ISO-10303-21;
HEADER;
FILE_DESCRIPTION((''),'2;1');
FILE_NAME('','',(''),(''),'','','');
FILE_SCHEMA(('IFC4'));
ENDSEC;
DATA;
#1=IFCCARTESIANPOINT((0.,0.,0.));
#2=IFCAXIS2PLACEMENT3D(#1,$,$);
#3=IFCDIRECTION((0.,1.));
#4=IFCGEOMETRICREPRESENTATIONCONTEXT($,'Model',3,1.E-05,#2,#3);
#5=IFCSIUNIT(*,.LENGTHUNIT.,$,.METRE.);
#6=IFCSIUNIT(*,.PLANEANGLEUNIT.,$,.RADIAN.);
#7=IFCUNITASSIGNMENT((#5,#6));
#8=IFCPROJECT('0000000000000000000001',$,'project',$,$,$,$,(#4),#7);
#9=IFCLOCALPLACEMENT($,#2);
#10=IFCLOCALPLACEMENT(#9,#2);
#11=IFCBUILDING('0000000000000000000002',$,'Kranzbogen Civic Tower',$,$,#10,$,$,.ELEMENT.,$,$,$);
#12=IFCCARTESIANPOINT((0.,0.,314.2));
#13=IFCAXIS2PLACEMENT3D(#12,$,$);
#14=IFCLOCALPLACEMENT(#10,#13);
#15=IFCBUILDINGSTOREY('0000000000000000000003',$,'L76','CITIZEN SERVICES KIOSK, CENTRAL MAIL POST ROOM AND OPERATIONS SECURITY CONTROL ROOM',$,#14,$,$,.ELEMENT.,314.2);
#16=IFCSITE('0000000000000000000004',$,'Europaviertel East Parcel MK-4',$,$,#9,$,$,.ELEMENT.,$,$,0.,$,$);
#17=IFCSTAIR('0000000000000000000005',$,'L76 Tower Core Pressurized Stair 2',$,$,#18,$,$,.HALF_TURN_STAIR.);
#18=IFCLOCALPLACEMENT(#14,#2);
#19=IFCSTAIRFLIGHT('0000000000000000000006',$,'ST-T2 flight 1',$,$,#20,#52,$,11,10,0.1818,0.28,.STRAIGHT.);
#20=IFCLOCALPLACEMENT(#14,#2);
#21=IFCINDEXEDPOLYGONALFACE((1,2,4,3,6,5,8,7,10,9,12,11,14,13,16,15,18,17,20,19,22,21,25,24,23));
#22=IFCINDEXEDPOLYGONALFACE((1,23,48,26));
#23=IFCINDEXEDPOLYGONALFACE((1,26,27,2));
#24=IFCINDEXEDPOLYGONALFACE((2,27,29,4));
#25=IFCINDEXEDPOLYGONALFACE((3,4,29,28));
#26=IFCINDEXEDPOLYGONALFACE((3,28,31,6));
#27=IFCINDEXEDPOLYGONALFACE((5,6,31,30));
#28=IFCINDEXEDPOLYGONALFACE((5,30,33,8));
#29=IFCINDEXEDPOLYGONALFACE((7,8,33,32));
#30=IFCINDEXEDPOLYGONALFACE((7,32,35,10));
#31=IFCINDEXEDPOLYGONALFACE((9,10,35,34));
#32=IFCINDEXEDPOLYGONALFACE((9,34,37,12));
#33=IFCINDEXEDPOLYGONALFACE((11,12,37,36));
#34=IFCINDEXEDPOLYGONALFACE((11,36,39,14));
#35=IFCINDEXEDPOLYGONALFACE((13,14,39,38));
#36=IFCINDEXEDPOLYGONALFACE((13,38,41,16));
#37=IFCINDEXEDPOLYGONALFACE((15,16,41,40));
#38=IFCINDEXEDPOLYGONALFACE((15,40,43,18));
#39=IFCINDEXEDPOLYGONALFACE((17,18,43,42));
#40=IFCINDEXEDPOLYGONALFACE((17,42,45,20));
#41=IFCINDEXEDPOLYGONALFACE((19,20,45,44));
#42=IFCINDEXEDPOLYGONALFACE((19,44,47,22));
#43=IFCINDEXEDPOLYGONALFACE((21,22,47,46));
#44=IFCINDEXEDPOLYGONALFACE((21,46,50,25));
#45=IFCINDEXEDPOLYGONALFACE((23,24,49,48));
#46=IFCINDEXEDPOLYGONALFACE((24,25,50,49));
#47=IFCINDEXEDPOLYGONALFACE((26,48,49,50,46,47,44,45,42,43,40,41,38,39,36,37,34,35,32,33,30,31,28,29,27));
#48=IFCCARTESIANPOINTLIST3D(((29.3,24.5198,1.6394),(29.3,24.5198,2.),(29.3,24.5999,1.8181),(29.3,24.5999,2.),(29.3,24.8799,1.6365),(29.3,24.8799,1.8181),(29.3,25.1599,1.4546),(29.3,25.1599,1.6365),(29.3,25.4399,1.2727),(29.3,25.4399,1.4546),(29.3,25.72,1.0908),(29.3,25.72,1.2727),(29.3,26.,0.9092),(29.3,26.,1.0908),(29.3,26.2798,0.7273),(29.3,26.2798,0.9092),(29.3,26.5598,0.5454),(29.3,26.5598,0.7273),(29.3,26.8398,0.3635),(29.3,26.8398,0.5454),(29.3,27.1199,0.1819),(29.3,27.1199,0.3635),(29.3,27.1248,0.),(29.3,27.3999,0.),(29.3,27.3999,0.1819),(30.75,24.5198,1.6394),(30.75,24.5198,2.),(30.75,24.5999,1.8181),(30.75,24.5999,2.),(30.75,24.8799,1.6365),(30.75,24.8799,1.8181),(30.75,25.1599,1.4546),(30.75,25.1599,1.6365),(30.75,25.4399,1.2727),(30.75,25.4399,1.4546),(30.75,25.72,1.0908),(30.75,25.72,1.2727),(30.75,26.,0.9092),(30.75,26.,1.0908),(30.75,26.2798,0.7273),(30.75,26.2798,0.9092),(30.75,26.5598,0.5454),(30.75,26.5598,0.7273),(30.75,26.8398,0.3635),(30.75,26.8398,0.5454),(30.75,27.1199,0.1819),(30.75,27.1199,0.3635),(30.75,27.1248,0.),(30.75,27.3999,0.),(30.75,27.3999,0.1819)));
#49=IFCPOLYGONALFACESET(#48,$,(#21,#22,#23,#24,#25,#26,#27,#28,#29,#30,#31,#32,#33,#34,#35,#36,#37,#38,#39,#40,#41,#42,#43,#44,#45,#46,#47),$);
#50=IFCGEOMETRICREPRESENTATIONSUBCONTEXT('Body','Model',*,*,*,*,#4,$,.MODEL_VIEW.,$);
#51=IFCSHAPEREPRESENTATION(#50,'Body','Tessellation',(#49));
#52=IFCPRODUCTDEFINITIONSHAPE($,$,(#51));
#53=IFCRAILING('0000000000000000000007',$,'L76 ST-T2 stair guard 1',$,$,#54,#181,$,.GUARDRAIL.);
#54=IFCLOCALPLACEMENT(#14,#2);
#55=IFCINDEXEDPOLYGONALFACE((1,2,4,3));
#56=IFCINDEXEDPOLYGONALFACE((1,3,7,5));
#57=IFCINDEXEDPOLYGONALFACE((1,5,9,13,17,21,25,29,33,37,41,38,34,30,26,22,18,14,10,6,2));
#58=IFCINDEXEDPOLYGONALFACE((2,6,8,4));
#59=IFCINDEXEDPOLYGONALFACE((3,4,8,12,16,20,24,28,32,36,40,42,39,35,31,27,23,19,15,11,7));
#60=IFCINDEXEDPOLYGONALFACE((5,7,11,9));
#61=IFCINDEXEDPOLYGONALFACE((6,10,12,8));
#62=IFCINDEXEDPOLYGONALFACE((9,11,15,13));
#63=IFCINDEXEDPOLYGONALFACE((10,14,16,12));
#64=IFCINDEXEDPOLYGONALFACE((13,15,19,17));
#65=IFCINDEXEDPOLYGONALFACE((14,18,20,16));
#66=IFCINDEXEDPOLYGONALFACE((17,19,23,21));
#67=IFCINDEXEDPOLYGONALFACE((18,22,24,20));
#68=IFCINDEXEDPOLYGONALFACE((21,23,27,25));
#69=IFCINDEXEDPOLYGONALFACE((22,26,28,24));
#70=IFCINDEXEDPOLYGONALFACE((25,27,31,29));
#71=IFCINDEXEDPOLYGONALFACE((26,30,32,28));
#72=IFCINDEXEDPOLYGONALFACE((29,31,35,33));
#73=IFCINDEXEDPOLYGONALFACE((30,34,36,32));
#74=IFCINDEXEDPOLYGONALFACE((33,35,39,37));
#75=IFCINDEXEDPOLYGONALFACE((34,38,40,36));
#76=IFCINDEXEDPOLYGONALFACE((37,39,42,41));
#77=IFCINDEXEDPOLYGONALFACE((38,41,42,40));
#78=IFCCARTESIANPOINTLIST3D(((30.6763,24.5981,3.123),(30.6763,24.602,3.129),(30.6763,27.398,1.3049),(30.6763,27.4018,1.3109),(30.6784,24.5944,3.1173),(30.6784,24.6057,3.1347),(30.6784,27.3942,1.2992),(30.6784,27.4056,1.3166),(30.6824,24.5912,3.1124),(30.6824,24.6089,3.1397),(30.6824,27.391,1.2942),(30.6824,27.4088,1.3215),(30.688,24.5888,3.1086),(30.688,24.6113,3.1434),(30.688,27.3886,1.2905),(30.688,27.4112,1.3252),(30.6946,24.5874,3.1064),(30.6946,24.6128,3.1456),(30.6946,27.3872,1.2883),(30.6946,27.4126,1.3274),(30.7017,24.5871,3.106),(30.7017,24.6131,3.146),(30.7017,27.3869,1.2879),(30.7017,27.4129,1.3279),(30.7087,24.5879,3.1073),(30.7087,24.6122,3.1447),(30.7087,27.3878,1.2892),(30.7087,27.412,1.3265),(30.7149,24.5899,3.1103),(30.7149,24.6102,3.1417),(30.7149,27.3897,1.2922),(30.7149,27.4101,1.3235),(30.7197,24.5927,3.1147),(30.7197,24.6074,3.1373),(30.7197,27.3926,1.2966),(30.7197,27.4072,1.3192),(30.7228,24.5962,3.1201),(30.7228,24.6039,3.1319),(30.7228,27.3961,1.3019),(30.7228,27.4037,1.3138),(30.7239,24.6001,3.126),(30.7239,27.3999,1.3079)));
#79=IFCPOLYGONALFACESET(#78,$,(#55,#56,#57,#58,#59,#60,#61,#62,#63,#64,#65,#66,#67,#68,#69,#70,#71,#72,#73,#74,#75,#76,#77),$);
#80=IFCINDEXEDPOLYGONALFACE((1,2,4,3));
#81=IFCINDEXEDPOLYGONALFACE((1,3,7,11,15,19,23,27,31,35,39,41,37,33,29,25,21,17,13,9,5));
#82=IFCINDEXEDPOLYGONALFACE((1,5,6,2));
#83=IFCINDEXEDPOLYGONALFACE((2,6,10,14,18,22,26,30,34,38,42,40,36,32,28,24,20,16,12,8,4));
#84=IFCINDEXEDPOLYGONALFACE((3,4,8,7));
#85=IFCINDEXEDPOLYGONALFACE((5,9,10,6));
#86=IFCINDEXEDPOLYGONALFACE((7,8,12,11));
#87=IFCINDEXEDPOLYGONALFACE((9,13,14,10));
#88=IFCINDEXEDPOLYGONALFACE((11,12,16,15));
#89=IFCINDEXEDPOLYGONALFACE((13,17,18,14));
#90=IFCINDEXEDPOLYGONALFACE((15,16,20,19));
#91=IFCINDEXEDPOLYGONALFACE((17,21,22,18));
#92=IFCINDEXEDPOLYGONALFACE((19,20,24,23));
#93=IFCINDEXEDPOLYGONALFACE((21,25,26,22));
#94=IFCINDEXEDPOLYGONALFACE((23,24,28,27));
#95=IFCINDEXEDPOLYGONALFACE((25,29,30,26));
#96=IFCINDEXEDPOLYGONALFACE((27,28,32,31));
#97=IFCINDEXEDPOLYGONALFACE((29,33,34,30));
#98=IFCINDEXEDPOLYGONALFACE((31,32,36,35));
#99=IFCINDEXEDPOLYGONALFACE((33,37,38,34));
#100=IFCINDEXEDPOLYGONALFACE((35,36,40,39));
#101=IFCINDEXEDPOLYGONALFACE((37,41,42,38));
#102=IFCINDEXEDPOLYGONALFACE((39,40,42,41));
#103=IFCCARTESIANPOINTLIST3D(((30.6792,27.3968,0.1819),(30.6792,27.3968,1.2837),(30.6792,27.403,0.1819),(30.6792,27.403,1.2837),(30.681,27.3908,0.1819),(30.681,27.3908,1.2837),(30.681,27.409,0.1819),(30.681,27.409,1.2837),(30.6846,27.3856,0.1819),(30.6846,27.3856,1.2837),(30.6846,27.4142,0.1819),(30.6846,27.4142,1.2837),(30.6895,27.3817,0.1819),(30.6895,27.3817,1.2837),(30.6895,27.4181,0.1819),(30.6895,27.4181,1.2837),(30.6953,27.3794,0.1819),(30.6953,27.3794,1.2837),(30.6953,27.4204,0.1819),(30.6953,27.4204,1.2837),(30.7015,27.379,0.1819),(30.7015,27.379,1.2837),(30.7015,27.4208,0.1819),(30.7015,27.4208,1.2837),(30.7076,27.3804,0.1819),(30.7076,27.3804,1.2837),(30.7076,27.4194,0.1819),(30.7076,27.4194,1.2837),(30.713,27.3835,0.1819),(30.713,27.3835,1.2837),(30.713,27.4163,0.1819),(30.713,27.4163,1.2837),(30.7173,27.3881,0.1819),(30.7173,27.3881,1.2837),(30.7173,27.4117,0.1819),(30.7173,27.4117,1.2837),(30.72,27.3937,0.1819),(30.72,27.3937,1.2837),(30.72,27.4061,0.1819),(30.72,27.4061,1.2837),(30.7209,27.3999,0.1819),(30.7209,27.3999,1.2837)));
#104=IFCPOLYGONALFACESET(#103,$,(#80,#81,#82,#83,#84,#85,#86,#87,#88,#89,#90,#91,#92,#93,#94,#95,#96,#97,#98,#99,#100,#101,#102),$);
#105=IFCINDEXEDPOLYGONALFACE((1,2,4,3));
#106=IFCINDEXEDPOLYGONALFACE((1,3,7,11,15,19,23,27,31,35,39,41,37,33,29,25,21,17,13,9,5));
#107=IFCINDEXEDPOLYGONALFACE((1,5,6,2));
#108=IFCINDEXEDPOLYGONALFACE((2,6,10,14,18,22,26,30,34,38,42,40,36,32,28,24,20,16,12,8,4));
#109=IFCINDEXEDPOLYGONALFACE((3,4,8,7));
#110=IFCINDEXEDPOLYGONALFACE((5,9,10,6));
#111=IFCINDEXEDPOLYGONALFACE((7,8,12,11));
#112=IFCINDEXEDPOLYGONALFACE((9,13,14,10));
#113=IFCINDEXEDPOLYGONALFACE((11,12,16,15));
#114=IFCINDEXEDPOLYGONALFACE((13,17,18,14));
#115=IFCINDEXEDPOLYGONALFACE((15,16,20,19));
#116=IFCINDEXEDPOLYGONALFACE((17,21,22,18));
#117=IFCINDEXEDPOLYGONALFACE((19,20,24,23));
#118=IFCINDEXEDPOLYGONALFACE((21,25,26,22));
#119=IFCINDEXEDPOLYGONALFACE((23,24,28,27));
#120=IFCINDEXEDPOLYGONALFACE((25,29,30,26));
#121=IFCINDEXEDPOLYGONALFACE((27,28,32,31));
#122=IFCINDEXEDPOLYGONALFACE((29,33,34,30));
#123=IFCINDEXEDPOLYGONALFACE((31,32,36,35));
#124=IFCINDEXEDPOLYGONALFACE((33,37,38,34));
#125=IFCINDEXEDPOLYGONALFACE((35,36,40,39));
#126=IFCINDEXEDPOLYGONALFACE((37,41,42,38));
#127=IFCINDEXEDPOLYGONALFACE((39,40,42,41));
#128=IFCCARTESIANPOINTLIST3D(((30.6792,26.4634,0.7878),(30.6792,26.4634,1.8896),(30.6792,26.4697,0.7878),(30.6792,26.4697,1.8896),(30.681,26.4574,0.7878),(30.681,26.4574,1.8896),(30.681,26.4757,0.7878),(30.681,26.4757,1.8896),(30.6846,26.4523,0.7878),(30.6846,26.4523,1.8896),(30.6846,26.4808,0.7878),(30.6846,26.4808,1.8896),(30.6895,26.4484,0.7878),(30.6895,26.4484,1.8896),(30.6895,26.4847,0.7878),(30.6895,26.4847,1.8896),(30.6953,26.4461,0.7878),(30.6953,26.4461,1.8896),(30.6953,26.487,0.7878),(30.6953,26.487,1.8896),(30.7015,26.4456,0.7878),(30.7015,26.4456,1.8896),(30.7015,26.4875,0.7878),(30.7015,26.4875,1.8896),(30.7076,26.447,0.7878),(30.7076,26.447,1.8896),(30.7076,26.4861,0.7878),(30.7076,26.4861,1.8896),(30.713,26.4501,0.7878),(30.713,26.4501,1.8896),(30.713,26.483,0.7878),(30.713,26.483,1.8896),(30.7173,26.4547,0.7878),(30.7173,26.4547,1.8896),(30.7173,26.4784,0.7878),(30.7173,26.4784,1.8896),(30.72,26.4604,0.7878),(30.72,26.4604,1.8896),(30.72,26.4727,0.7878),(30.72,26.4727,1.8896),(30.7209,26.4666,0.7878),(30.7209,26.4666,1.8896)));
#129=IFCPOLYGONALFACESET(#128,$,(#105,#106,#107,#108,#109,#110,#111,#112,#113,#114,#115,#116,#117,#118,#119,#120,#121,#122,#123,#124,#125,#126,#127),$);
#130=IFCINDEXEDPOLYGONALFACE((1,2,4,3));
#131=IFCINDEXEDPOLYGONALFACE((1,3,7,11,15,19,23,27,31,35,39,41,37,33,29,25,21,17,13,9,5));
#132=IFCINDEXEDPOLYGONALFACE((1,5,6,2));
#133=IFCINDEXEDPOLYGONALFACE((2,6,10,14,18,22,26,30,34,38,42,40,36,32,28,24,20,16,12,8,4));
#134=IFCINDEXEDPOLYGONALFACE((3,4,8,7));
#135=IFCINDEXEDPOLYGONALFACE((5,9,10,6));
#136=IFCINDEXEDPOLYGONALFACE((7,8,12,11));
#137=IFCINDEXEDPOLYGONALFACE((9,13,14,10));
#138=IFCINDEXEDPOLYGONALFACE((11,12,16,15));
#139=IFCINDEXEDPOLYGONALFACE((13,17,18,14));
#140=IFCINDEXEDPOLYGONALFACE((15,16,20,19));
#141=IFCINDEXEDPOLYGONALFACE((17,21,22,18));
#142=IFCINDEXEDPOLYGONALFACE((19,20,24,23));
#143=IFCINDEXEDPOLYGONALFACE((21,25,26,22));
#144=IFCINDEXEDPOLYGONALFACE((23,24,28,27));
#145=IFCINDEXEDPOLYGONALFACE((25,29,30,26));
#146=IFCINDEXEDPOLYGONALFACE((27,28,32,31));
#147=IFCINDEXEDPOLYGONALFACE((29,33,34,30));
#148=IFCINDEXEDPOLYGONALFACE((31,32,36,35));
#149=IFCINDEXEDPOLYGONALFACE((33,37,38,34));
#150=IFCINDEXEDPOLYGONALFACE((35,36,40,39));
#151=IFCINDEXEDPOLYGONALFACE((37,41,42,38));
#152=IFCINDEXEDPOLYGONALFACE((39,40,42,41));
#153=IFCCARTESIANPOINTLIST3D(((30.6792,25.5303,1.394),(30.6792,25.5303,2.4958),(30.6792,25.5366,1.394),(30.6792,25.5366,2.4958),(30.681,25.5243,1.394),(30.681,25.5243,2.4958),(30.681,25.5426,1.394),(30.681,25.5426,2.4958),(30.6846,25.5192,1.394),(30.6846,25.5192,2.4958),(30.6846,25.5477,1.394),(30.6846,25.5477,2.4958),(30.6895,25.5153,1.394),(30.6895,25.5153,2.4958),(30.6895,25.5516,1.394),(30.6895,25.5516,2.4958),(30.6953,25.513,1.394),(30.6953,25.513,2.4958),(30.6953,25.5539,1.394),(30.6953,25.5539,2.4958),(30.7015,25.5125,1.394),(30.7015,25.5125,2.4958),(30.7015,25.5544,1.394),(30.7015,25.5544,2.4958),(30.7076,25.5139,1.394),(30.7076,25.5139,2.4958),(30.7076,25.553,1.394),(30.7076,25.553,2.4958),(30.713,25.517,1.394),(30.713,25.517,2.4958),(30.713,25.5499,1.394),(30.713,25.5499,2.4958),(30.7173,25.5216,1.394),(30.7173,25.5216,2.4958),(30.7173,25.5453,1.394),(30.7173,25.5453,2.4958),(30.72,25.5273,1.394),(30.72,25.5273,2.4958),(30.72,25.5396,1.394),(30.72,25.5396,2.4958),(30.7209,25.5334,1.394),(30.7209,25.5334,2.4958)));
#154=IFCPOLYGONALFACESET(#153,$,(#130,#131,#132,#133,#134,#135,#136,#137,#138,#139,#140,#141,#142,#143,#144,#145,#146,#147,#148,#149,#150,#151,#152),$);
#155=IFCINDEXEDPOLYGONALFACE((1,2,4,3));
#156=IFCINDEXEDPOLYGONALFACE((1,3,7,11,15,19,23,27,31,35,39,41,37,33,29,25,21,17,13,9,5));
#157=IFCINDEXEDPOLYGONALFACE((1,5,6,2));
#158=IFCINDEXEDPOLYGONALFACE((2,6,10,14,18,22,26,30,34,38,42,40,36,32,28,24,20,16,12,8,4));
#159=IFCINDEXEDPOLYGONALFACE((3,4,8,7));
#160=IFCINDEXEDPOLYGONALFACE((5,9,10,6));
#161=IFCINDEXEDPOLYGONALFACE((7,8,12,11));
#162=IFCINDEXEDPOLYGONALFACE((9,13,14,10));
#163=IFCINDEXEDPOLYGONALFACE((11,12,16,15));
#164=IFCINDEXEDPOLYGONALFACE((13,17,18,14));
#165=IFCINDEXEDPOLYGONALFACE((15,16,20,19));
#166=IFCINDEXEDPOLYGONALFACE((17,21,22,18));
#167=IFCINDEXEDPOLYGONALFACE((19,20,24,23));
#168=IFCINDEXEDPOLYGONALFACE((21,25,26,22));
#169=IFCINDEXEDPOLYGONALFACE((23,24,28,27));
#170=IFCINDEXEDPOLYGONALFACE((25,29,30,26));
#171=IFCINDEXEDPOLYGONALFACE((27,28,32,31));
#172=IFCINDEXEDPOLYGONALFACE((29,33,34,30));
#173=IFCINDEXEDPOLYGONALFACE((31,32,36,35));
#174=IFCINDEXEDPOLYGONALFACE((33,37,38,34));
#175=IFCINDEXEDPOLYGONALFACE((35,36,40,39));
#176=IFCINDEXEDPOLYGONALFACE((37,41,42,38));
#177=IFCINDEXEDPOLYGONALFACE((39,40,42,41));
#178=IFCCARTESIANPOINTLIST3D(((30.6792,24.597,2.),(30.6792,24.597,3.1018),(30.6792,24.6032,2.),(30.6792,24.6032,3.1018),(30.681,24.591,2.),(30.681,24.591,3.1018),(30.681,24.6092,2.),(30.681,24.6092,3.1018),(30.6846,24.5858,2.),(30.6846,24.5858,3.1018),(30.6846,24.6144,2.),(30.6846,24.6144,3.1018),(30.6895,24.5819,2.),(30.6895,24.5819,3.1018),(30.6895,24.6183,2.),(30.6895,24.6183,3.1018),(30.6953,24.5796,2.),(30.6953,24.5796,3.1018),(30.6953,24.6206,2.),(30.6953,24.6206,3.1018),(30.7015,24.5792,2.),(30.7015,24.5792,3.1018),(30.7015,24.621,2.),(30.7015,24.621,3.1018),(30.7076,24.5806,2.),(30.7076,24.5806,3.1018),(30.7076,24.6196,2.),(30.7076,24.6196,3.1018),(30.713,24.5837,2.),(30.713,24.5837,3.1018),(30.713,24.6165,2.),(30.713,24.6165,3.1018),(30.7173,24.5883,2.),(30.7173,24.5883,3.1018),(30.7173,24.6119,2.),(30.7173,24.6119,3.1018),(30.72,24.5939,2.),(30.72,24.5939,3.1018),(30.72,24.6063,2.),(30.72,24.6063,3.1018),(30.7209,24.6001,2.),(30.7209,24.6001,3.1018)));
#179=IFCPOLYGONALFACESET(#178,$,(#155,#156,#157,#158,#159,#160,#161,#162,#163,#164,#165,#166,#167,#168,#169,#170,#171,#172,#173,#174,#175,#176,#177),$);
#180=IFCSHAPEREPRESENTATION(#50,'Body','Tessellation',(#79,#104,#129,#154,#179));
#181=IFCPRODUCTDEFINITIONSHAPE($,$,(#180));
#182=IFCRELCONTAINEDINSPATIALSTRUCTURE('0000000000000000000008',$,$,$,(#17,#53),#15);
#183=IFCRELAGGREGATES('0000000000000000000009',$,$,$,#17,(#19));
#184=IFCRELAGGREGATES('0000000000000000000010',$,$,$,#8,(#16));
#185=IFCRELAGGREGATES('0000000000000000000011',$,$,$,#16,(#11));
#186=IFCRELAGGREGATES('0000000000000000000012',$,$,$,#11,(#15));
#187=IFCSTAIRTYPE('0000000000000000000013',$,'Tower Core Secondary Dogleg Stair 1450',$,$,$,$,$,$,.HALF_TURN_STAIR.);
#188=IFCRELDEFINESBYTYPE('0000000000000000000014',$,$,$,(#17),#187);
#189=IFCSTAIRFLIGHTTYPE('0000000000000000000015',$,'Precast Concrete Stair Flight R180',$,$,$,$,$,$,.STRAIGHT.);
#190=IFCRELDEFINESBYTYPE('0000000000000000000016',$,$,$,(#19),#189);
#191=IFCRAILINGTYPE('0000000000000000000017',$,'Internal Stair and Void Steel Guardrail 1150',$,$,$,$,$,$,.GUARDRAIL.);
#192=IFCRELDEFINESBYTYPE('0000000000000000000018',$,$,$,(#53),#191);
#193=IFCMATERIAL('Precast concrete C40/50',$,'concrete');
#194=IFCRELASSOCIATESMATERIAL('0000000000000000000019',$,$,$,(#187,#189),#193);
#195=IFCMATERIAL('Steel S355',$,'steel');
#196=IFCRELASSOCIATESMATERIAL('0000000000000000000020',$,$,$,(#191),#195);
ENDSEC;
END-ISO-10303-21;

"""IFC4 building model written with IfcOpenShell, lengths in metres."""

from ifc_helpers import new_model, si_unit, direction, frame, origin, origin_2d, place, context, subcontext, project, spatial, polyline, circle, outline, extrude, material, type_object, element, aggregate, save


model = new_model("IFC4")

# Units and contexts
model_context = context("Model", 3, precision=1e-05, world=origin(), true_north=direction((0.0, 1.0)))
body_context = subcontext(model_context, "Body", "Model", "MODEL_VIEW")
ifc_project = project(units=[si_unit("LENGTHUNIT", "METRE"), si_unit("PLANEANGLEUNIT", "RADIAN")], contexts=[model_context])

# Site, building, storey
site_placement = place(None, origin())
site = spatial("IfcSite", under=ifc_project, at=site_placement, Name="Europaviertel East Parcel MK-4", CompositionType="ELEMENT", RefElevation=0.0)
building_placement = place(site_placement, origin())
building = spatial("IfcBuilding", under=site, at=building_placement, Name="Kranzbogen Civic Tower", CompositionType="ELEMENT")
storey_placement = place(building_placement, frame((0.0, 0.0, 314.2)))
storey = spatial("IfcBuildingStorey", under=building, at=storey_placement, Name="L76", Description="CITIZEN SERVICES KIOSK, CENTRAL MAIL POST ROOM AND OPERATIONS SECURITY CONTROL ROOM", CompositionType="ELEMENT", Elevation=314.2)

# Shared definitions
ifc_material_1 = material(Name="Steel S355", Category="steel")

# Stair, stair flight
ifc_material_2 = material(Name="Precast concrete C40/50", Category="concrete")
stair_type = type_object("IfcStairType", Name="Tower Core Secondary Dogleg Stair 1450", PredefinedType="HALF_TURN_STAIR", material=ifc_material_2)
stair_placement = place(storey_placement, origin())
stair = element("IfcStair", 1, at=stair_placement, inside=storey, type_object=stair_type, Name="L76 Tower Core Pressurized Stair 2", PredefinedType="HALF_TURN_STAIR")
stair_flight_type = type_object("IfcStairFlightType", Name="Precast Concrete Stair Flight R180", PredefinedType="STRAIGHT", material=ifc_material_2)
stair_flight_placement = place(storey_placement, frame((30.0249, 27.3999, 0.0), z_axis=(0.0, 0.0, 1.0), x_axis=(0.0, -1.0, 0.0)))
stair_flight = element("IfcStairFlight", 2, at=stair_flight_placement, type_object=stair_flight_type, Name="ST-T2 flight 1", NumberOfRisers=11, NumberOfTreads=10, PredefinedType="STRAIGHT", RiserHeight=0.1818, TreadLength=0.28, context=body_context, shape_type="SweptSolid", body=[
    extrude(outline(polyline([(0.0, 0.0), (0.0, 0.1819), (0.28, 0.1819), (0.28, 0.3635), (0.5601, 0.3635), (0.5601, 0.5454), (0.8401, 0.5454), (0.8401, 0.7273), (1.1201, 0.7273), (1.1201, 0.9092), (1.3999, 0.9092), (1.3999, 1.0908), (1.6799, 1.0908), (1.6799, 1.2727), (1.96, 1.2727), (1.96, 1.4546), (2.24, 1.4546), (2.24, 1.6365), (2.52, 1.6365), (2.52, 1.8181), (2.8, 1.8181), (2.8, 2.0), (2.8801, 2.0), (2.8801, 1.6394), (0.2751, 0.0), (0.0, 0.0)])), frame((0.0, 0.7251, 0.0), z_axis=(0.0, -1.0, 0.0), x_axis=(1.0, 0.0, 0.0)), (0.0, 0.0, 1.0), 1.45),
])
aggregate(stair, [stair_flight])

# Railing
railing_type_1 = type_object("IfcRailingType", Name="Internal Stair and Void Steel Guardrail 1150", PredefinedType="GUARDRAIL", material=ifc_material_1)
railing_1_placement = place(storey_placement, frame((30.7, 27.3999, 0.1819)))
element("IfcRailing", 3, at=railing_1_placement, inside=storey, type_object=railing_type_1, Name="L76 ST-T2 stair guard 1", PredefinedType="GUARDRAIL", context=body_context, shape_type="SweptSolid", body=[
    extrude(circle(Radius=0.0239, at=origin_2d()), frame((0.0, 0.0, 1.126), z_axis=(0.0, -0.838684, 0.544618), x_axis=(1.0, 0.0, 0.0)), (0.0, 0.0, 1.0), 3.3384),
    extrude(circle(Radius=0.021, at=origin_2d()), origin(), (0.0, 0.0, 1.0), 1.1018),
    extrude(circle(Radius=0.021, at=origin_2d()), frame((0.0, -0.9333, 0.606)), (0.0, 0.0, 1.0), 1.1018),
    extrude(circle(Radius=0.021, at=origin_2d()), frame((0.0, -1.8665, 1.2122)), (0.0, 0.0, 1.0), 1.1018),
    extrude(circle(Radius=0.021, at=origin_2d()), frame((0.0, -2.7998, 1.8181)), (0.0, 0.0, 1.0), 1.1018),
])

save(model, "model.ifc")
